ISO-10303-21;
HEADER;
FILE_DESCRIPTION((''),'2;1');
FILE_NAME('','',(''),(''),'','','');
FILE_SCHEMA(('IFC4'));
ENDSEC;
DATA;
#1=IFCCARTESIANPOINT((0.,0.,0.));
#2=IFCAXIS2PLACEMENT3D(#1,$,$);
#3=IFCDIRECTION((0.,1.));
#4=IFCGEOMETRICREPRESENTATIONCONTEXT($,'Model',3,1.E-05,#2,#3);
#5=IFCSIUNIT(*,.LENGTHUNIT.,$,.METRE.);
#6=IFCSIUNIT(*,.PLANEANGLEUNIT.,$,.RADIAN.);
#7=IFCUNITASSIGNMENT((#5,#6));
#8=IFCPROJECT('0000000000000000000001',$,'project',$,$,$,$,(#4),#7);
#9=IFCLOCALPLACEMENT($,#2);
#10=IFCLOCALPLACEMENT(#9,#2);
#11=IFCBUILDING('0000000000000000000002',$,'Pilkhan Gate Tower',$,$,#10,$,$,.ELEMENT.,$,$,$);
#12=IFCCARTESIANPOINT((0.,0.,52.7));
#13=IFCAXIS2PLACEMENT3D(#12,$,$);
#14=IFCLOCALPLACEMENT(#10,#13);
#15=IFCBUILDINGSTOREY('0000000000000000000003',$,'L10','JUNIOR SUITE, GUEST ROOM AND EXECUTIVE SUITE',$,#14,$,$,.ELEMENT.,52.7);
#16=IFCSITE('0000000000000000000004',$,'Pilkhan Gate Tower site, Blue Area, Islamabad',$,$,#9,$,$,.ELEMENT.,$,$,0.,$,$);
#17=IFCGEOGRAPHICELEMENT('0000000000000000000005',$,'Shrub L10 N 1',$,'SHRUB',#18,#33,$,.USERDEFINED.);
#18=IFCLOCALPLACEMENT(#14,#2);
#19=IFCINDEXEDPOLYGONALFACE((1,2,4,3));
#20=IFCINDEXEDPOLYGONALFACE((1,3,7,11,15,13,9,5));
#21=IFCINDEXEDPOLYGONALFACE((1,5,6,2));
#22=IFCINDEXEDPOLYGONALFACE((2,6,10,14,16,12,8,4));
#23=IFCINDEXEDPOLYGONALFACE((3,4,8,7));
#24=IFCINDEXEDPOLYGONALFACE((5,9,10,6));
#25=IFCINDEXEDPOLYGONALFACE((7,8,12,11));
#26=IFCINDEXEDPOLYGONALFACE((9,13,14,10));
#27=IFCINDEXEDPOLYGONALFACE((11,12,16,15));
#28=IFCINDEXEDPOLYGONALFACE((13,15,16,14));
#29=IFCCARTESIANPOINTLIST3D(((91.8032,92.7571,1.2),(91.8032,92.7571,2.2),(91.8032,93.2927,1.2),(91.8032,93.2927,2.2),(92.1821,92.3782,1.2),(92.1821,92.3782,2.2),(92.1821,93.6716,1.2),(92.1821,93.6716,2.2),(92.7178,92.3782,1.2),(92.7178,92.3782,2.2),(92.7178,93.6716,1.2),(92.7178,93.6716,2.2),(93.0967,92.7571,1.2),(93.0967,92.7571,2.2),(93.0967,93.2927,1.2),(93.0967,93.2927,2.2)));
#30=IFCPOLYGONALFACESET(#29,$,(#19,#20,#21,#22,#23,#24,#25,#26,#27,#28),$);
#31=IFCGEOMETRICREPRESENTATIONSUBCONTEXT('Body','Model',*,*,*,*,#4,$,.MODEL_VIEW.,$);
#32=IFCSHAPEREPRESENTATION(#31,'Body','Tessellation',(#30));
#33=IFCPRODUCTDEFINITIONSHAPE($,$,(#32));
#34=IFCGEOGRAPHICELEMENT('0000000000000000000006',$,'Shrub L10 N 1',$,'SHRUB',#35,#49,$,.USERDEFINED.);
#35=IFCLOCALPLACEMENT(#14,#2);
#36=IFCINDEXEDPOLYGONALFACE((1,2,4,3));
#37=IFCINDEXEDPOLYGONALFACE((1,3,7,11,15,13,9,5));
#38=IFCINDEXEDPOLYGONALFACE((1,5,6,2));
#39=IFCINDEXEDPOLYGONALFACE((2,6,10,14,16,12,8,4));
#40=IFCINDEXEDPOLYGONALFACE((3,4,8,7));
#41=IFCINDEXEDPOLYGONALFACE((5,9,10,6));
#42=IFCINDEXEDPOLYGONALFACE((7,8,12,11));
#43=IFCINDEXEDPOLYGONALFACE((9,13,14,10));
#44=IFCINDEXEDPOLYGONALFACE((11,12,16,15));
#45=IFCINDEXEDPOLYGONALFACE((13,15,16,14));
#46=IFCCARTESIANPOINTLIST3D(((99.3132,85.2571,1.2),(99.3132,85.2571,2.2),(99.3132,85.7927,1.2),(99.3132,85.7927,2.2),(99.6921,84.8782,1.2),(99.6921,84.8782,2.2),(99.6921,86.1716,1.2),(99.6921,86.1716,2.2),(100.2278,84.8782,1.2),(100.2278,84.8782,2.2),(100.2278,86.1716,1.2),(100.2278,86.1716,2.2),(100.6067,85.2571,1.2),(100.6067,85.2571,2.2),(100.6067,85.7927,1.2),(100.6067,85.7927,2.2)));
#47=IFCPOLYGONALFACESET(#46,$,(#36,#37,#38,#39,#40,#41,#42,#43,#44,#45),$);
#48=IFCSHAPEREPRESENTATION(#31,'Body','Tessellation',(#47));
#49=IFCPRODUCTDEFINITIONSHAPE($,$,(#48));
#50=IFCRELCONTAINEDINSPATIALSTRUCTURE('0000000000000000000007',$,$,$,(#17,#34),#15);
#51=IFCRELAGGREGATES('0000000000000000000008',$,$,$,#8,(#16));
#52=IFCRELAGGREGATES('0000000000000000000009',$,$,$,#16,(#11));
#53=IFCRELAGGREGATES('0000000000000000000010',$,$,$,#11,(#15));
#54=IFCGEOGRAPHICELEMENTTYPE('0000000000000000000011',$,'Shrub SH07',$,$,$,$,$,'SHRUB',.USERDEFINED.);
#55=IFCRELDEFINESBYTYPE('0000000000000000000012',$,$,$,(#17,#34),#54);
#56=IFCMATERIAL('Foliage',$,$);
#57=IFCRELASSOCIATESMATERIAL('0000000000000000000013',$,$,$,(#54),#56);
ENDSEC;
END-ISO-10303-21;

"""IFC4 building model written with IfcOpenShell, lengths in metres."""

from ifc_helpers import new_model, si_unit, direction, frame, origin, place, context, subcontext, project, spatial, polyline, outline, extrude, material, material_profile, profile_set, type_object, element, save


model = new_model("IFC4")

# Units and contexts
model_context = context("Model", 3, precision=1e-05, world=origin(), true_north=direction((0.0, 1.0)))
body_context = subcontext(model_context, "Body", "Model", "MODEL_VIEW")
ifc_project = project(units=[si_unit("LENGTHUNIT", "METRE"), si_unit("PLANEANGLEUNIT", "RADIAN")], contexts=[model_context])

# Site, building, storey
site_placement = place(None, origin())
site = spatial("IfcSite", under=ifc_project, at=site_placement, Name="Pilkhan Gate Tower site, Blue Area, Islamabad", CompositionType="ELEMENT", RefElevation=0.0)
building_placement = place(site_placement, origin())
building = spatial("IfcBuilding", under=site, at=building_placement, Name="Pilkhan Gate Tower", CompositionType="ELEMENT")
storey_placement = place(building_placement, frame((0.0, 0.0, 52.7)))
storey = spatial("IfcBuildingStorey", under=building, at=storey_placement, Name="L10", Description="JUNIOR SUITE, GUEST ROOM AND EXECUTIVE SUITE", CompositionType="ELEMENT", Elevation=52.7)

# Geographic elements
ifc_material_1 = material(Name="Foliage")
ifc_material_profile_1 = material_profile(ifc_material_1, outline(polyline([(0.6467, 0.2678), (0.2678, 0.6467), (-0.2678, 0.6467), (-0.6467, 0.2678), (-0.6467, -0.2678), (-0.2678, -0.6467), (0.2678, -0.6467), (0.6467, -0.2678), (0.6467, 0.2678)])), Name="Shrub D1.4")
ifc_profile_set_1 = profile_set([ifc_material_profile_1], Name="Foliage")
geographic_element_type_1 = type_object("IfcGeographicElementType", Name="Shrub SH07", ElementType="SHRUB", PredefinedType="USERDEFINED", material=ifc_profile_set_1)
for number, where, z_axis, x_axis, name in (
    (1, (92.45, 93.0249, 1.2), (0.0, 0.0, 1.0), (1.0, 0.0, 0.0), "Shrub L10 N 1"),
    (2, (99.96, 85.5249, 1.2), (0.0, 0.0, 1.0), (1.0, 0.0, 0.0), "Shrub L10 N 1"),
):
    element("IfcGeographicElement", number, at=place(storey_placement, frame(where, z_axis=z_axis, x_axis=x_axis)), inside=storey, type_object=geographic_element_type_1, Name=name, ObjectType="SHRUB", PredefinedType="USERDEFINED", context=body_context, shape_type="SweptSolid", body=[
        extrude(outline(polyline([(0.6467, 0.2678), (0.2678, 0.6467), (-0.2678, 0.6467), (-0.6467, 0.2678), (-0.6467, -0.2678), (-0.2678, -0.6467), (0.2678, -0.6467), (0.6467, -0.2678), (0.6467, 0.2678)])), origin(), (0.0, 0.0, 1.0), 1.0),
    ])

save(model, "model.ifc")
